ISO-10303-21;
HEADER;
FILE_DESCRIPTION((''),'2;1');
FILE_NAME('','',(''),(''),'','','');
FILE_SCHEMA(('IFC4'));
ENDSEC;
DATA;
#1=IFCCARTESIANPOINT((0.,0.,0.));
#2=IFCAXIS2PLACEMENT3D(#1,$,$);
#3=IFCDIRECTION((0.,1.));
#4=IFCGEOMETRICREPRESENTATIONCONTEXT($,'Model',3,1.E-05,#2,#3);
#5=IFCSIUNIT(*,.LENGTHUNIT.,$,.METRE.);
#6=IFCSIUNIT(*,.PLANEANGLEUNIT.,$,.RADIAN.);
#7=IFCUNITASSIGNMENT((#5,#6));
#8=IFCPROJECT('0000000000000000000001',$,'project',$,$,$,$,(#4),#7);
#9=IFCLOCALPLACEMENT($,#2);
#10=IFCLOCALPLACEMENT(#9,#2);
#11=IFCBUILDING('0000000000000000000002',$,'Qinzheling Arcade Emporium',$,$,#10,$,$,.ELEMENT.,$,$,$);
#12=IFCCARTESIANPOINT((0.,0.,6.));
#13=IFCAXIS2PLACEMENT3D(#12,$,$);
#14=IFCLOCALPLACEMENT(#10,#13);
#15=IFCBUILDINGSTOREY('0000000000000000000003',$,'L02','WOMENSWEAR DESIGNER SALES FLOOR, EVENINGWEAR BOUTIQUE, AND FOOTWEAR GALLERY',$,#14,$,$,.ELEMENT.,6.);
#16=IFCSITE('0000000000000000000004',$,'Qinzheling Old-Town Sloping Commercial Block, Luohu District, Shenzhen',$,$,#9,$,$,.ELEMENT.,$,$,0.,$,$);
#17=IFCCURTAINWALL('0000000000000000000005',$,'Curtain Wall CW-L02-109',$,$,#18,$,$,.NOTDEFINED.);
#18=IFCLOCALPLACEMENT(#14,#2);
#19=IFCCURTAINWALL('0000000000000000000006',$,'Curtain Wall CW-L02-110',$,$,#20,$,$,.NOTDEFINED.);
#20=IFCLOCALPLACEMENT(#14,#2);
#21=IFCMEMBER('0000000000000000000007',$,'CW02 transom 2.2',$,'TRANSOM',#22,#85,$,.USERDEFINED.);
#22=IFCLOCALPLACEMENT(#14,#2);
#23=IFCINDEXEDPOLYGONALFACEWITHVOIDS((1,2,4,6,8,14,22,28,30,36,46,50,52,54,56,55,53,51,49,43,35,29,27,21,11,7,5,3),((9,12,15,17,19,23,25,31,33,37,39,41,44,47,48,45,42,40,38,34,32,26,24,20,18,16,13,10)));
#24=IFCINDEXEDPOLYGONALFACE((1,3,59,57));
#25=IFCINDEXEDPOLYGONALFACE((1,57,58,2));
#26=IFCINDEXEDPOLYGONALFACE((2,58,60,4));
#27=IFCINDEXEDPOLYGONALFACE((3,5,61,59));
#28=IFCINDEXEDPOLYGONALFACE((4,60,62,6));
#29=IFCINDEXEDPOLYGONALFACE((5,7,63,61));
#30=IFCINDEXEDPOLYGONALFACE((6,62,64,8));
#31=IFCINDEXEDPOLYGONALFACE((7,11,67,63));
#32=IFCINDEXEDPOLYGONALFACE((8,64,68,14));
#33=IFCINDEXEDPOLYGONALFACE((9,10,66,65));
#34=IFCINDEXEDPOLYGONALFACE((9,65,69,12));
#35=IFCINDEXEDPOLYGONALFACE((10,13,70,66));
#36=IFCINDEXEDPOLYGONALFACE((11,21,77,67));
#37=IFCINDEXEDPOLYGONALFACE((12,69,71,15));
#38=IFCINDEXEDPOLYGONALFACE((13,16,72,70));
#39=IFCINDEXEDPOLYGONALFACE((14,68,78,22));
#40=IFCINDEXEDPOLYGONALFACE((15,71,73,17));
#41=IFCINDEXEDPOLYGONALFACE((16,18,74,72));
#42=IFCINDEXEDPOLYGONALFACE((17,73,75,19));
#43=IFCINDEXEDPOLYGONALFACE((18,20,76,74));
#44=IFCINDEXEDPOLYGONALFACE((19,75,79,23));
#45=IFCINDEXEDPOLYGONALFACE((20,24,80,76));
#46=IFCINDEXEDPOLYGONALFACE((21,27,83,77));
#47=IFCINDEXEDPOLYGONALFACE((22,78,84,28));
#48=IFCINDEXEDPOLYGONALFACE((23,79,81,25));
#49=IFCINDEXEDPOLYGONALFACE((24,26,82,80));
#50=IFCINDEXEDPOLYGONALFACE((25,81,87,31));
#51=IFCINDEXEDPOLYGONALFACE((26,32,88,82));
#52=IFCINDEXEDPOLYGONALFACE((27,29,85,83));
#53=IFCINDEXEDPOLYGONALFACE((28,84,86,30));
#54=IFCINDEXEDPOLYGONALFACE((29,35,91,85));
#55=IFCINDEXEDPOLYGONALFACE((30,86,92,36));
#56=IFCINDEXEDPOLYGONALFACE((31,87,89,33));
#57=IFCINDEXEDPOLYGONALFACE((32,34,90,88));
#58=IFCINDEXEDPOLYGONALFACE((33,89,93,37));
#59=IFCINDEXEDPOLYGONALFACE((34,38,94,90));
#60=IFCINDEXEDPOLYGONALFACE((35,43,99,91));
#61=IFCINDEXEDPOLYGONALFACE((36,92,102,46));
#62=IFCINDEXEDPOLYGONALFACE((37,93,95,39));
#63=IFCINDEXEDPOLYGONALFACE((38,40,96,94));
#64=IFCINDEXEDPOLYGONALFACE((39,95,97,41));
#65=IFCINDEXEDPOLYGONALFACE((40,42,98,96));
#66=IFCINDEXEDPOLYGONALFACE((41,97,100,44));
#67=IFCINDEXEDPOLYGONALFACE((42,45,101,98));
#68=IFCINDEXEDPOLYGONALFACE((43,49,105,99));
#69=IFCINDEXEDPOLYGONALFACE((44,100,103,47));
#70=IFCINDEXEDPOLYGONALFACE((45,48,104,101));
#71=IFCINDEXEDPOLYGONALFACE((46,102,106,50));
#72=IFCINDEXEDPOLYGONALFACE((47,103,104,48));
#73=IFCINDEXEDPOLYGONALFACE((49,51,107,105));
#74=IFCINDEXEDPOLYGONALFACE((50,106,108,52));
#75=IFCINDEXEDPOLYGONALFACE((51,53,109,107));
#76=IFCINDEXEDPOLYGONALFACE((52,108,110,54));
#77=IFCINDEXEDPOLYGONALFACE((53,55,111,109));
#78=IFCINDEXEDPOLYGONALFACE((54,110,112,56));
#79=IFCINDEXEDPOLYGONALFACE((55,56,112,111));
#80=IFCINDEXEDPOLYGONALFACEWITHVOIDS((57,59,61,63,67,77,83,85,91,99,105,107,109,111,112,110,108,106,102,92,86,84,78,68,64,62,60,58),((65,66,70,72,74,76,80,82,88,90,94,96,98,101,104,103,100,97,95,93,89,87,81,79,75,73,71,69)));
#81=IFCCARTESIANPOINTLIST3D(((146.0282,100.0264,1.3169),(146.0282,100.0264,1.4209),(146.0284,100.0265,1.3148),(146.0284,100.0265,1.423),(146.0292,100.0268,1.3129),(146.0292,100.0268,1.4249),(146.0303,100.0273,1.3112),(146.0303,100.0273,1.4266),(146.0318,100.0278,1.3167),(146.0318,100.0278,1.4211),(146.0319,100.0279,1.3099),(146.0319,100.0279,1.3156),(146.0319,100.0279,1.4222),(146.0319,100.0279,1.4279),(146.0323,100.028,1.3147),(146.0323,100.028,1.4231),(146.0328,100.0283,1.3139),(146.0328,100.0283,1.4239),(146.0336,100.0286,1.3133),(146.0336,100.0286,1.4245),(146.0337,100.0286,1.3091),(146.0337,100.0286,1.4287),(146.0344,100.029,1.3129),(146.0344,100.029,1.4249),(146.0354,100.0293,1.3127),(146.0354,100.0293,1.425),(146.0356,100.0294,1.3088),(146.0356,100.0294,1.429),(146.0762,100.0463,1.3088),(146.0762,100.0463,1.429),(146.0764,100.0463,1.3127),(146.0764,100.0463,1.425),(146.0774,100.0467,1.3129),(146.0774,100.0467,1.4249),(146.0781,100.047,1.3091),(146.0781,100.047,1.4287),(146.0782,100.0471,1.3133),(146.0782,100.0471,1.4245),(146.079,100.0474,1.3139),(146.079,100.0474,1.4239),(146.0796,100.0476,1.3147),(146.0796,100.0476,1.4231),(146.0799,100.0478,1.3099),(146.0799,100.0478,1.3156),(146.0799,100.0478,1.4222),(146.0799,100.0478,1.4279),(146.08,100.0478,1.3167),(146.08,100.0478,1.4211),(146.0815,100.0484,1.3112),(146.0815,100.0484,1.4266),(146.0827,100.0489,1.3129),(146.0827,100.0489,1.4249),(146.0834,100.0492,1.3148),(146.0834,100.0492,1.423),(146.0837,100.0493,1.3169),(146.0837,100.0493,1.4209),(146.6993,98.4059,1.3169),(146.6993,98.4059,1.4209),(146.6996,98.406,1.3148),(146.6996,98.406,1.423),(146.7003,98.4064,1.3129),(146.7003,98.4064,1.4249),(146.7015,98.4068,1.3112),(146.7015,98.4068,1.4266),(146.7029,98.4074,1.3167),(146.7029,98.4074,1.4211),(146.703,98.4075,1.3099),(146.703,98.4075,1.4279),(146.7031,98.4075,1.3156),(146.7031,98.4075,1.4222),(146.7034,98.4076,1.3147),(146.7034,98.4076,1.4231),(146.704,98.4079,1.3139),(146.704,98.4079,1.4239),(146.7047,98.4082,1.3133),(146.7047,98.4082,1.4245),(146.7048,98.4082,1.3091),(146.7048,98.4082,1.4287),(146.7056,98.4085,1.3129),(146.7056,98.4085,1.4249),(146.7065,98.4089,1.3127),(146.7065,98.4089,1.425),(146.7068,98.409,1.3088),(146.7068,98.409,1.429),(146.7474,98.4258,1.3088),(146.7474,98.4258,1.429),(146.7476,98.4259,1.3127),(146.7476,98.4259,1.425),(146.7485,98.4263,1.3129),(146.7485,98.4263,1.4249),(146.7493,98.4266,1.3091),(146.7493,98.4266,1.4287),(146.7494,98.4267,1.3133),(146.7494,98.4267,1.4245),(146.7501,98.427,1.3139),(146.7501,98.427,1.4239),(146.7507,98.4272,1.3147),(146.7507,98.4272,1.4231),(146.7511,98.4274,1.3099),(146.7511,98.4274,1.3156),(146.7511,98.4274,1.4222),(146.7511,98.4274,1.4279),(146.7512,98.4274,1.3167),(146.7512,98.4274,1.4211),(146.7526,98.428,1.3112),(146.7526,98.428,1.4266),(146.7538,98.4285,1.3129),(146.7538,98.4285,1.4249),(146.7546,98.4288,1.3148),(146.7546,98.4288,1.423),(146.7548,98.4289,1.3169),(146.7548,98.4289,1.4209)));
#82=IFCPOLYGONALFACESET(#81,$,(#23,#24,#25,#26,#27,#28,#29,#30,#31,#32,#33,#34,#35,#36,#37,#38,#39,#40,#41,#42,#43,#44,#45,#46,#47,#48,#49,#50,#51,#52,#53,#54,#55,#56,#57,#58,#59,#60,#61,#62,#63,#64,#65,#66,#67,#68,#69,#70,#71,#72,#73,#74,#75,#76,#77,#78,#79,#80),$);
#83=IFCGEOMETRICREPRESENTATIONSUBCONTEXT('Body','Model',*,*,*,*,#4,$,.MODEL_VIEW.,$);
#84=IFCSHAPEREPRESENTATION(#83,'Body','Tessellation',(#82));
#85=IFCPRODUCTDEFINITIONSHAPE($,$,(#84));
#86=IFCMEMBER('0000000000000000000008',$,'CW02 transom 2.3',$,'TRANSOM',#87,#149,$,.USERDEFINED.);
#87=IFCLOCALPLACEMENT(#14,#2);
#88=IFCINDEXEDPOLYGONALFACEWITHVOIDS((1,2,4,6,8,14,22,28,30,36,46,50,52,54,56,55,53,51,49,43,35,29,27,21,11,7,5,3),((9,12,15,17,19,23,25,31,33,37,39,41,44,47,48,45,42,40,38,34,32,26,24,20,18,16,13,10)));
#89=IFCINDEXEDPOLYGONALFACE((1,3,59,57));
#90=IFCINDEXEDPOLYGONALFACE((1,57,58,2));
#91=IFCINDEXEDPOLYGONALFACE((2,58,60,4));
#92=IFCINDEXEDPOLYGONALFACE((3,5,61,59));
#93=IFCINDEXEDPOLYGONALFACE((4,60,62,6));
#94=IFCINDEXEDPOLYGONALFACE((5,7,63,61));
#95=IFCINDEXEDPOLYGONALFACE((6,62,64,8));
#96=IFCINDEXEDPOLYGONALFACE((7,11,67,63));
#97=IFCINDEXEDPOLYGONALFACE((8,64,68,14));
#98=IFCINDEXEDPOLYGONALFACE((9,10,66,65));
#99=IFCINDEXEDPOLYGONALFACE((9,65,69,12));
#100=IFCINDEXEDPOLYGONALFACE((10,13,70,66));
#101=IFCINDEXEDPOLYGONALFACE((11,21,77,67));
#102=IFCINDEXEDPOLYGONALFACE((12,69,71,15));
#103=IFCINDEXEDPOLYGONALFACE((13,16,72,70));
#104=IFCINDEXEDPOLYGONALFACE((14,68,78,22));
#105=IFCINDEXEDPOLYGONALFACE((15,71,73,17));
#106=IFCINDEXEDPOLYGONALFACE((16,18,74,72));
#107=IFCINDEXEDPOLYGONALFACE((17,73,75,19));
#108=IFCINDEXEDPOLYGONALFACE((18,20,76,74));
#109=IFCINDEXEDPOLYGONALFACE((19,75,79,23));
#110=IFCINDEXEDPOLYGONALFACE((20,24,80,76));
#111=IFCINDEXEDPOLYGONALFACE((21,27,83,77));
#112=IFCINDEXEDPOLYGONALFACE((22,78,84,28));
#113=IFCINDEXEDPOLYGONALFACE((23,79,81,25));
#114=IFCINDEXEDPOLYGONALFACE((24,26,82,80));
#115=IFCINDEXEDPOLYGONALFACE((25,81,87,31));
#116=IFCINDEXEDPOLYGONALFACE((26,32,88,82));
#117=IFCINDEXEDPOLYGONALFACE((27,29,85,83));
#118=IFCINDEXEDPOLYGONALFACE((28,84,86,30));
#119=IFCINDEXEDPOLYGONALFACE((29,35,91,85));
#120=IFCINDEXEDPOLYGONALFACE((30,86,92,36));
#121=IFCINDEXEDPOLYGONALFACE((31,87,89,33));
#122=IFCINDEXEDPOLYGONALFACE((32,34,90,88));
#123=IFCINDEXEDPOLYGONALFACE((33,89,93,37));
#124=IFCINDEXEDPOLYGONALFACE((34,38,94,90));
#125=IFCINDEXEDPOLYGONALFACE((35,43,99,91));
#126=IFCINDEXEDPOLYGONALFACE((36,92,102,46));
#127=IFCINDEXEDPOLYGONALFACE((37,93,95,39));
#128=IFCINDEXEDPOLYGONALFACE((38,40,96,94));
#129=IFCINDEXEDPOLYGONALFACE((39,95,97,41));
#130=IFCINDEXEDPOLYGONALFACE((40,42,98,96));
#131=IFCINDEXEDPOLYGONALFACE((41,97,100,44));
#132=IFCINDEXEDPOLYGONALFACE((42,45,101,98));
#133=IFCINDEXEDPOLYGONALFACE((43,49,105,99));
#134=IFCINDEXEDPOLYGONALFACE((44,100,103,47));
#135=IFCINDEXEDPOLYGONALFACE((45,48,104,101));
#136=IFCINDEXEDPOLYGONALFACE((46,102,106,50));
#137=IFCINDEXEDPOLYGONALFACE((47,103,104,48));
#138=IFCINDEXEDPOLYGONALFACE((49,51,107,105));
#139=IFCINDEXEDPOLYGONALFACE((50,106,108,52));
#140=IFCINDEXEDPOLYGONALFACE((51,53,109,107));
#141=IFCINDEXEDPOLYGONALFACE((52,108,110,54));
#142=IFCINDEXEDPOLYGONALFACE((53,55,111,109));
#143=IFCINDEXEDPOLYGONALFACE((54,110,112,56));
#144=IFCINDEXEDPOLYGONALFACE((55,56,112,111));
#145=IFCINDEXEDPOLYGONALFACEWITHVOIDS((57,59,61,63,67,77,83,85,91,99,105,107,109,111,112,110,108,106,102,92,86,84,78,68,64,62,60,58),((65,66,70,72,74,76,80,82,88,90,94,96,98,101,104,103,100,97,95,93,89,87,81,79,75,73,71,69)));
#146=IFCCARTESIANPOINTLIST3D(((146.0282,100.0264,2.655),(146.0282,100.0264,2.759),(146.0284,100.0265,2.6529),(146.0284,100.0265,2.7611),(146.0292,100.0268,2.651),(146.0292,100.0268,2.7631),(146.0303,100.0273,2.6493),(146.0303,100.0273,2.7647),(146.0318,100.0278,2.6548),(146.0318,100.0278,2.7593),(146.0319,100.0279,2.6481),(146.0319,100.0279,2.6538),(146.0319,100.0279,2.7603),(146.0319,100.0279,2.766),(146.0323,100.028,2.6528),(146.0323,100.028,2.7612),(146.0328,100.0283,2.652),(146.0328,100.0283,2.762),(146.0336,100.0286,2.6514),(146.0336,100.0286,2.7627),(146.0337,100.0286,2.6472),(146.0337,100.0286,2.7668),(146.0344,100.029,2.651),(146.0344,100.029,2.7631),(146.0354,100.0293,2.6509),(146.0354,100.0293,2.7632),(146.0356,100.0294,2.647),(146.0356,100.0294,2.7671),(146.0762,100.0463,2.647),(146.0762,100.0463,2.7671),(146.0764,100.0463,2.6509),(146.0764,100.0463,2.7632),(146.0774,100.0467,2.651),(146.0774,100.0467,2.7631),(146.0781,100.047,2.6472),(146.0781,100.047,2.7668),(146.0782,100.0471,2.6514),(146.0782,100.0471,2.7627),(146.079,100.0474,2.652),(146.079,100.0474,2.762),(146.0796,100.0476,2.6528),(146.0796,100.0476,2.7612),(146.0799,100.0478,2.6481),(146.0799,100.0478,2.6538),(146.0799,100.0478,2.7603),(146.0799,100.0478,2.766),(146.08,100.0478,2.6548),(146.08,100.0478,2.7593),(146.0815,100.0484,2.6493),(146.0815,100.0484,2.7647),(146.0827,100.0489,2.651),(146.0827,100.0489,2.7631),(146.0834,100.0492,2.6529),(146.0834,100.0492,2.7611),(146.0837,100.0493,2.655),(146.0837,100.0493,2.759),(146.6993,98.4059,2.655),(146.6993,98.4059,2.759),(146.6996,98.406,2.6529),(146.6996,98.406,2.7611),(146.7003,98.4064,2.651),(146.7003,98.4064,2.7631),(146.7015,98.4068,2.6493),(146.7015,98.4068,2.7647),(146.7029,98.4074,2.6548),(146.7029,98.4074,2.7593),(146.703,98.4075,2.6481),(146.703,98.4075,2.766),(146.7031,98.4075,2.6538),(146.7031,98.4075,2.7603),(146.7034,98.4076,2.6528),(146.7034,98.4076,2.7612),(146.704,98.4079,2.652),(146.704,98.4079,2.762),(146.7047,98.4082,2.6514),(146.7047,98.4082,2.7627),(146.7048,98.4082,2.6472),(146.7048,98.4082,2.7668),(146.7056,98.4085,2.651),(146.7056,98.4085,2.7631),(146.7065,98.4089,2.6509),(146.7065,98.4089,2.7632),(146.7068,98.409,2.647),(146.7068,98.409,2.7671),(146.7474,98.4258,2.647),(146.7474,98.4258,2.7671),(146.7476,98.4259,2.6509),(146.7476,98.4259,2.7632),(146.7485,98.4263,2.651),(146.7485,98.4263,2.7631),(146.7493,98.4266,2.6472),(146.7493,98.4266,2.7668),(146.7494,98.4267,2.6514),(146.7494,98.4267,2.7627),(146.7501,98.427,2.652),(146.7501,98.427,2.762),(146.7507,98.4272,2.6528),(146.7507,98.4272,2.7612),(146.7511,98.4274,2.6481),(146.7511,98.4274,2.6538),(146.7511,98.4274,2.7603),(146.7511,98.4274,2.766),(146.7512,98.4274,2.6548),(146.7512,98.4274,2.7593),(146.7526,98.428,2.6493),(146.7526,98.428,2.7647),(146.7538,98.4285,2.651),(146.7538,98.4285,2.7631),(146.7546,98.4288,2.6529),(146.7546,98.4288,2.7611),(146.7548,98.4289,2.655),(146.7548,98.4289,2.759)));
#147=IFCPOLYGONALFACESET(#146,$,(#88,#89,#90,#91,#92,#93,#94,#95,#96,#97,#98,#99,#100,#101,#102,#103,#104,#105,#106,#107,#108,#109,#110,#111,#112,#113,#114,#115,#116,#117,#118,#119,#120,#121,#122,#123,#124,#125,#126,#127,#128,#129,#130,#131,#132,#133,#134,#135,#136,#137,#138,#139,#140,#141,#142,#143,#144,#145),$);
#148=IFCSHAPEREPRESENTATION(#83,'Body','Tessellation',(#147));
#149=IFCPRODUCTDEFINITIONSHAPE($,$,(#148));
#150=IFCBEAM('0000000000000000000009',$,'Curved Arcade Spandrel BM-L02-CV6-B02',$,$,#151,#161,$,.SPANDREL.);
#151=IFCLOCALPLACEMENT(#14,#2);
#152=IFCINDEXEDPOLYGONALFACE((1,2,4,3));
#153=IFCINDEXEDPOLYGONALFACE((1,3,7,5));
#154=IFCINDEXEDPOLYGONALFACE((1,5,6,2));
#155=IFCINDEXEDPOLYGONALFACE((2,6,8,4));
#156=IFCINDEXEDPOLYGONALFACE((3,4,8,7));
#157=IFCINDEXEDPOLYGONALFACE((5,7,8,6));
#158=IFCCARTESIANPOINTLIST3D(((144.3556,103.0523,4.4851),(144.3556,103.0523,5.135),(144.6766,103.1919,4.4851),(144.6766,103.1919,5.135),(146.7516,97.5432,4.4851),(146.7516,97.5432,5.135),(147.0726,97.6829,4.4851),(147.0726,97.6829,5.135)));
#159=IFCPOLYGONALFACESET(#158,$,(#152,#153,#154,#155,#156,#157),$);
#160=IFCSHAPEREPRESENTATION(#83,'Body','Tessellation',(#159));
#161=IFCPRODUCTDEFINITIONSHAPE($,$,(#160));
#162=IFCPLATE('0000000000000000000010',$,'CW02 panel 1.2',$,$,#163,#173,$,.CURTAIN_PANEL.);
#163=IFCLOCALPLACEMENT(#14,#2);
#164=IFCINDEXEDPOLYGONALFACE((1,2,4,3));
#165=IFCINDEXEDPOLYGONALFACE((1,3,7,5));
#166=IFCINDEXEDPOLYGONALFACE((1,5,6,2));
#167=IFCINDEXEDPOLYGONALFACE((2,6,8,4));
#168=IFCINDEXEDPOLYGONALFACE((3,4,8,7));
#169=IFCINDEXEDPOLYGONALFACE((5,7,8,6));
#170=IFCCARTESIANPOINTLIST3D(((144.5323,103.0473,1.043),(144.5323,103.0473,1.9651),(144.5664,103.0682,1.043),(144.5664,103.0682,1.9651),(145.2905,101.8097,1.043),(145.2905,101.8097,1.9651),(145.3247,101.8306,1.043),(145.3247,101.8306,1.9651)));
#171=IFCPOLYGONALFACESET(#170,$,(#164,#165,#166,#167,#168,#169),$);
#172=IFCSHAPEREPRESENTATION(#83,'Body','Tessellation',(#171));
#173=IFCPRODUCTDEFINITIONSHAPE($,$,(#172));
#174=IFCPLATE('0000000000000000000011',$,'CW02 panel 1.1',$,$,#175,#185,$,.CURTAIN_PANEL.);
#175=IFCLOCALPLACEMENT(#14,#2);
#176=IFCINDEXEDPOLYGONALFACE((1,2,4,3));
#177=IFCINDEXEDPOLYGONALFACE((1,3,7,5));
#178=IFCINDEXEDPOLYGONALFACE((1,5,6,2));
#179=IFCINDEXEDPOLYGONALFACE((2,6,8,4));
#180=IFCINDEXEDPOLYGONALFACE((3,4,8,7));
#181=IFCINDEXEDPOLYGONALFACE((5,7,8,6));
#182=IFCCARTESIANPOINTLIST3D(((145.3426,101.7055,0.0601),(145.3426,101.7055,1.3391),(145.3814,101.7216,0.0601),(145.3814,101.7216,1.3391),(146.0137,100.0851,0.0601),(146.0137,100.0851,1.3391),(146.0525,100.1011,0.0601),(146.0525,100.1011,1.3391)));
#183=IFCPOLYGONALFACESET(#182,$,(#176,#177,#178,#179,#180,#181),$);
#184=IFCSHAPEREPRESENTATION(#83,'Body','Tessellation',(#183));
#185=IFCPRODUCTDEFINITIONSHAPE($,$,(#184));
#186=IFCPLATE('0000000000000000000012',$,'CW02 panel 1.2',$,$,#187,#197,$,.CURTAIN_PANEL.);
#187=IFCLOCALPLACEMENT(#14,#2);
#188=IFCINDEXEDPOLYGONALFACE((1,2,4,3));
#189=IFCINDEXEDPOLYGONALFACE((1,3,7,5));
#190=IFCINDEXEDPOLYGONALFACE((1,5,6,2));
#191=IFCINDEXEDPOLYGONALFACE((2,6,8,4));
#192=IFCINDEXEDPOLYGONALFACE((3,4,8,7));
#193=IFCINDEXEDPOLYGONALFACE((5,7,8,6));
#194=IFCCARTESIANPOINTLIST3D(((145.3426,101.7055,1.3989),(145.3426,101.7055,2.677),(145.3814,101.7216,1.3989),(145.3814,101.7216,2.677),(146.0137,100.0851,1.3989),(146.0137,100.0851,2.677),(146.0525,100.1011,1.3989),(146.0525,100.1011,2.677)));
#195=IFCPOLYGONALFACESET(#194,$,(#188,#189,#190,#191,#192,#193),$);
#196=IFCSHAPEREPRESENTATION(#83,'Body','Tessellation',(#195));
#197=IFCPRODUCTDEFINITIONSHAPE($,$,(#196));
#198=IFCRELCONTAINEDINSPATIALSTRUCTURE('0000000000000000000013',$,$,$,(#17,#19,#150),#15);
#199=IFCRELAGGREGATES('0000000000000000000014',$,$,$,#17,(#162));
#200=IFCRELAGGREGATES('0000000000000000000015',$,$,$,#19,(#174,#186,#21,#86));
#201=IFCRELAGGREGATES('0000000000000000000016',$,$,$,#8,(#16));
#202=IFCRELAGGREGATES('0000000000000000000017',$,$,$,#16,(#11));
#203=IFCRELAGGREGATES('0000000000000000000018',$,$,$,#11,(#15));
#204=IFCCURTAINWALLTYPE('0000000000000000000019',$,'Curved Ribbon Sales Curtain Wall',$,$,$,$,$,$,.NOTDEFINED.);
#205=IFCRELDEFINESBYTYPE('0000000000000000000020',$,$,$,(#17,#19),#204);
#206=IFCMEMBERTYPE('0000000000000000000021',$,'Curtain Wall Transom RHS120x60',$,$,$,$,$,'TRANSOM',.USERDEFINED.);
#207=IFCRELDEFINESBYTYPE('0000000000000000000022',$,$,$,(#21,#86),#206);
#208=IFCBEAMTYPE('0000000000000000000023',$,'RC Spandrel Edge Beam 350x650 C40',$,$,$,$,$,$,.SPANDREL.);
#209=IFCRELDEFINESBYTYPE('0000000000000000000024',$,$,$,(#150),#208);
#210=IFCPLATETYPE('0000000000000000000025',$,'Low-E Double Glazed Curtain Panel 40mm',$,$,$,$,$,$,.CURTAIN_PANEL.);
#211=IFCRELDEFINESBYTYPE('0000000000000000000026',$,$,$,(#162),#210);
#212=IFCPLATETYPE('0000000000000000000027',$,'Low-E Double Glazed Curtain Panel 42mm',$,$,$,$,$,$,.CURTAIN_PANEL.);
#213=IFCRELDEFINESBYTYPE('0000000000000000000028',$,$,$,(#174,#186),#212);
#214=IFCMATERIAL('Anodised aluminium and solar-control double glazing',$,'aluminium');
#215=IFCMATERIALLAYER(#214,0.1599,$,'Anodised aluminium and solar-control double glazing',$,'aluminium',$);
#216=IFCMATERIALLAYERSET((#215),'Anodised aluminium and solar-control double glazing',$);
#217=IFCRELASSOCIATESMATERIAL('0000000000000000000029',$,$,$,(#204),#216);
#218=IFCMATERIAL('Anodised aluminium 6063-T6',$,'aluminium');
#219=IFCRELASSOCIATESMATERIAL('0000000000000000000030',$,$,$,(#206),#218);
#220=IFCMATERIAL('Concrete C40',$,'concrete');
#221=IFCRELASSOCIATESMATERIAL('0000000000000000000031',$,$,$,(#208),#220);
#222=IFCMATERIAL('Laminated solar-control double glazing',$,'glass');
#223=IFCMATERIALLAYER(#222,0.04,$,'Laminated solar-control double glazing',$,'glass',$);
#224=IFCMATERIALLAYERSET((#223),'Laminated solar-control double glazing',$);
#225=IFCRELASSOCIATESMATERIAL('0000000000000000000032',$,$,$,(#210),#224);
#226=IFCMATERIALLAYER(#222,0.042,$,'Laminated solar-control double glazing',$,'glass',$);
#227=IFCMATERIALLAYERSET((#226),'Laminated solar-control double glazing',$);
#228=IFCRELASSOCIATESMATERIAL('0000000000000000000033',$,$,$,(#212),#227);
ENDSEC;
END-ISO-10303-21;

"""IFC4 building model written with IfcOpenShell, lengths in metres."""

from ifc_helpers import new_model, si_unit, direction, frame, origin, origin_2d, place, context, subcontext, project, spatial, rectangle, hollow_rectangle, extrude, material, layer, layer_set, material_profile, profile_set, type_object, element, aggregate, save


model = new_model("IFC4")

# Units and contexts
model_context = context("Model", 3, precision=1e-05, world=origin(), true_north=direction((0.0, 1.0)))
body_context = subcontext(model_context, "Body", "Model", "MODEL_VIEW")
ifc_project = project(units=[si_unit("LENGTHUNIT", "METRE"), si_unit("PLANEANGLEUNIT", "RADIAN")], contexts=[model_context])

# Site, building, storey
site_placement = place(None, origin())
site = spatial("IfcSite", under=ifc_project, at=site_placement, Name="Qinzheling Old-Town Sloping Commercial Block, Luohu District, Shenzhen", CompositionType="ELEMENT", RefElevation=0.0)
building_placement = place(site_placement, origin())
building = spatial("IfcBuilding", under=site, at=building_placement, Name="Qinzheling Arcade Emporium", CompositionType="ELEMENT")
storey_placement = place(building_placement, frame((0.0, 0.0, 6.0)))
storey = spatial("IfcBuildingStorey", under=building, at=storey_placement, Name="L02", Description="WOMENSWEAR DESIGNER SALES FLOOR, EVENINGWEAR BOUTIQUE, AND FOOTWEAR GALLERY", CompositionType="ELEMENT", Elevation=6.0)

# Curtain wall
ifc_material_1 = material(Name="Anodised aluminium and solar-control double glazing", Category="aluminium")
ifc_layer_1 = layer(ifc_material_1, 0.1599, Name="Anodised aluminium and solar-control double glazing", Category="aluminium")
ifc_layer_set_1 = layer_set([ifc_layer_1], Name="Anodised aluminium and solar-control double glazing")
curtain_wall_type = type_object("IfcCurtainWallType", Name="Curved Ribbon Sales Curtain Wall", PredefinedType="NOTDEFINED", material=ifc_layer_set_1)
curtain_wall_1_placement = place(storey_placement, origin())
curtain_wall_1 = element("IfcCurtainWall", 1, at=curtain_wall_1_placement, inside=storey, type_object=curtain_wall_type, Name="Curtain Wall CW-L02-109", PredefinedType="NOTDEFINED")
ifc_material_2 = material(Name="Anodised aluminium 6063-T6", Category="aluminium")

# Curtain wall, members
curtain_wall_2_placement = place(storey_placement, origin())
curtain_wall_2 = element("IfcCurtainWall", 2, at=curtain_wall_2_placement, inside=storey, type_object=curtain_wall_type, Name="Curtain Wall CW-L02-110", PredefinedType="NOTDEFINED")
ifc_material_profile_1 = material_profile(ifc_material_2, hollow_rectangle(XDim=0.0601, YDim=0.1201, WallThickness=0.0039, InnerFilletRadius=0.0039, OuterFilletRadius=0.0081, at=origin_2d()), Name="RHS 120x60x4", Category="aluminium")
ifc_profile_set_1 = profile_set([ifc_material_profile_1], Name="Anodised aluminium 6063-T6")
member_type_1 = type_object("IfcMemberType", Name="Curtain Wall Transom RHS120x60", ElementType="TRANSOM", PredefinedType="USERDEFINED", material=ifc_profile_set_1)
member_1_placement = place(storey_placement, frame((146.0559, 100.0378, 1.3689), z_axis=(0.382667, -0.923886, 0.0), x_axis=(0.923886, 0.382667, 0.0)))
member_1 = element("IfcMember", 3, at=member_1_placement, type_object=member_type_1, Name="CW02 transom 2.2", ObjectType="TRANSOM", PredefinedType="USERDEFINED", context=body_context, shape_type="SweptSolid", body=[
    extrude(hollow_rectangle(XDim=0.0601, YDim=0.1201, WallThickness=0.0039, InnerFilletRadius=0.0039, OuterFilletRadius=0.0081, at=origin_2d()), origin(), (0.0, 0.0, 1.0), 1.7539),
])
member_2_placement = place(storey_placement, frame((146.0559, 100.0378, 2.707), z_axis=(0.382667, -0.923886, 0.0), x_axis=(0.923886, 0.382667, 0.0)))
member_2 = element("IfcMember", 4, at=member_2_placement, type_object=member_type_1, Name="CW02 transom 2.3", ObjectType="TRANSOM", PredefinedType="USERDEFINED", context=body_context, shape_type="SweptSolid", body=[
    extrude(hollow_rectangle(XDim=0.0601, YDim=0.1201, WallThickness=0.0039, InnerFilletRadius=0.0039, OuterFilletRadius=0.0081, at=origin_2d()), origin(), (0.0, 0.0, 1.0), 1.7539),
])

# Beam
ifc_material_3 = material(Name="Concrete C40", Category="concrete")
ifc_material_profile_2 = material_profile(ifc_material_3, rectangle(XDim=0.3501, YDim=0.6499, at=origin_2d()), Name="RC 350x650", Category="concrete")
ifc_profile_set_2 = profile_set([ifc_material_profile_2], Name="Concrete C40")
beam_type_1 = type_object("IfcBeamType", Name="RC Spandrel Edge Beam 350x650 C40", PredefinedType="SPANDREL", material=ifc_profile_set_2)
beam_1_placement = place(storey_placement, frame((146.9121, 97.613, 4.8101), z_axis=(-0.398833, 0.917024, 0.0), x_axis=(-0.917024, -0.398833, 0.0)))
element("IfcBeam", 5, at=beam_1_placement, inside=storey, type_object=beam_type_1, Name="Curved Arcade Spandrel BM-L02-CV6-B02", PredefinedType="SPANDREL", context=body_context, shape_type="SweptSolid", body=[
    extrude(rectangle(XDim=0.3501, YDim=0.6499, at=origin_2d()), origin(), (0.0, 0.0, 1.0), 6.0076),
])

# Plates
ifc_material_4 = material(Name="Laminated solar-control double glazing", Category="glass")
ifc_layer_2 = layer(ifc_material_4, 0.04, Name="Laminated solar-control double glazing", Category="glass")
ifc_layer_set_2 = layer_set([ifc_layer_2], Name="Laminated solar-control double glazing")
plate_type_1 = type_object("IfcPlateType", Name="Low-E Double Glazed Curtain Panel 40mm", PredefinedType="CURTAIN_PANEL", material=ifc_layer_set_2)
plate_1_placement = place(storey_placement, frame((144.9285, 102.439, 1.043), z_axis=(0.0, 0.0, 1.0), x_axis=(0.522428, -0.852684, 0.0)))
plate_1 = element("IfcPlate", 6, at=plate_1_placement, type_object=plate_type_1, Name="CW02 panel 1.2", PredefinedType="CURTAIN_PANEL", context=body_context, shape_type="SweptSolid", body=[
    extrude(rectangle(XDim=1.4514, YDim=0.04, at=origin_2d()), origin(), (0.0, 0.0, 1.0), 0.9221),
])
aggregate(curtain_wall_1, [plate_1])
ifc_layer_3 = layer(ifc_material_4, 0.042, Name="Laminated solar-control double glazing", Category="glass")
ifc_layer_set_3 = layer_set([ifc_layer_3], Name="Laminated solar-control double glazing")
plate_type_2 = type_object("IfcPlateType", Name="Low-E Double Glazed Curtain Panel 42mm", PredefinedType="CURTAIN_PANEL", material=ifc_layer_set_3)
plate_2_placement = place(storey_placement, frame((145.6975, 100.9033, 0.0601), z_axis=(0.0, 0.0, 1.0), x_axis=(0.382631, -0.923901, 0.0)))
plate_2 = element("IfcPlate", 7, at=plate_2_placement, type_object=plate_type_2, Name="CW02 panel 1.1", PredefinedType="CURTAIN_PANEL", context=body_context, shape_type="SweptSolid", body=[
    extrude(rectangle(XDim=1.7539, YDim=0.042, at=origin_2d()), origin(), (0.0, 0.0, 1.0), 1.2791),
])
plate_3_placement = place(storey_placement, frame((145.6975, 100.9033, 1.3989), z_axis=(0.0, 0.0, 1.0), x_axis=(0.382631, -0.923901, 0.0)))
plate_3 = element("IfcPlate", 8, at=plate_3_placement, type_object=plate_type_2, Name="CW02 panel 1.2", PredefinedType="CURTAIN_PANEL", context=body_context, shape_type="SweptSolid", body=[
    extrude(rectangle(XDim=1.7539, YDim=0.042, at=origin_2d()), origin(), (0.0, 0.0, 1.0), 1.2781),
])
aggregate(curtain_wall_2, [plate_2, plate_3, member_1, member_2])

save(model, "model.ifc")
